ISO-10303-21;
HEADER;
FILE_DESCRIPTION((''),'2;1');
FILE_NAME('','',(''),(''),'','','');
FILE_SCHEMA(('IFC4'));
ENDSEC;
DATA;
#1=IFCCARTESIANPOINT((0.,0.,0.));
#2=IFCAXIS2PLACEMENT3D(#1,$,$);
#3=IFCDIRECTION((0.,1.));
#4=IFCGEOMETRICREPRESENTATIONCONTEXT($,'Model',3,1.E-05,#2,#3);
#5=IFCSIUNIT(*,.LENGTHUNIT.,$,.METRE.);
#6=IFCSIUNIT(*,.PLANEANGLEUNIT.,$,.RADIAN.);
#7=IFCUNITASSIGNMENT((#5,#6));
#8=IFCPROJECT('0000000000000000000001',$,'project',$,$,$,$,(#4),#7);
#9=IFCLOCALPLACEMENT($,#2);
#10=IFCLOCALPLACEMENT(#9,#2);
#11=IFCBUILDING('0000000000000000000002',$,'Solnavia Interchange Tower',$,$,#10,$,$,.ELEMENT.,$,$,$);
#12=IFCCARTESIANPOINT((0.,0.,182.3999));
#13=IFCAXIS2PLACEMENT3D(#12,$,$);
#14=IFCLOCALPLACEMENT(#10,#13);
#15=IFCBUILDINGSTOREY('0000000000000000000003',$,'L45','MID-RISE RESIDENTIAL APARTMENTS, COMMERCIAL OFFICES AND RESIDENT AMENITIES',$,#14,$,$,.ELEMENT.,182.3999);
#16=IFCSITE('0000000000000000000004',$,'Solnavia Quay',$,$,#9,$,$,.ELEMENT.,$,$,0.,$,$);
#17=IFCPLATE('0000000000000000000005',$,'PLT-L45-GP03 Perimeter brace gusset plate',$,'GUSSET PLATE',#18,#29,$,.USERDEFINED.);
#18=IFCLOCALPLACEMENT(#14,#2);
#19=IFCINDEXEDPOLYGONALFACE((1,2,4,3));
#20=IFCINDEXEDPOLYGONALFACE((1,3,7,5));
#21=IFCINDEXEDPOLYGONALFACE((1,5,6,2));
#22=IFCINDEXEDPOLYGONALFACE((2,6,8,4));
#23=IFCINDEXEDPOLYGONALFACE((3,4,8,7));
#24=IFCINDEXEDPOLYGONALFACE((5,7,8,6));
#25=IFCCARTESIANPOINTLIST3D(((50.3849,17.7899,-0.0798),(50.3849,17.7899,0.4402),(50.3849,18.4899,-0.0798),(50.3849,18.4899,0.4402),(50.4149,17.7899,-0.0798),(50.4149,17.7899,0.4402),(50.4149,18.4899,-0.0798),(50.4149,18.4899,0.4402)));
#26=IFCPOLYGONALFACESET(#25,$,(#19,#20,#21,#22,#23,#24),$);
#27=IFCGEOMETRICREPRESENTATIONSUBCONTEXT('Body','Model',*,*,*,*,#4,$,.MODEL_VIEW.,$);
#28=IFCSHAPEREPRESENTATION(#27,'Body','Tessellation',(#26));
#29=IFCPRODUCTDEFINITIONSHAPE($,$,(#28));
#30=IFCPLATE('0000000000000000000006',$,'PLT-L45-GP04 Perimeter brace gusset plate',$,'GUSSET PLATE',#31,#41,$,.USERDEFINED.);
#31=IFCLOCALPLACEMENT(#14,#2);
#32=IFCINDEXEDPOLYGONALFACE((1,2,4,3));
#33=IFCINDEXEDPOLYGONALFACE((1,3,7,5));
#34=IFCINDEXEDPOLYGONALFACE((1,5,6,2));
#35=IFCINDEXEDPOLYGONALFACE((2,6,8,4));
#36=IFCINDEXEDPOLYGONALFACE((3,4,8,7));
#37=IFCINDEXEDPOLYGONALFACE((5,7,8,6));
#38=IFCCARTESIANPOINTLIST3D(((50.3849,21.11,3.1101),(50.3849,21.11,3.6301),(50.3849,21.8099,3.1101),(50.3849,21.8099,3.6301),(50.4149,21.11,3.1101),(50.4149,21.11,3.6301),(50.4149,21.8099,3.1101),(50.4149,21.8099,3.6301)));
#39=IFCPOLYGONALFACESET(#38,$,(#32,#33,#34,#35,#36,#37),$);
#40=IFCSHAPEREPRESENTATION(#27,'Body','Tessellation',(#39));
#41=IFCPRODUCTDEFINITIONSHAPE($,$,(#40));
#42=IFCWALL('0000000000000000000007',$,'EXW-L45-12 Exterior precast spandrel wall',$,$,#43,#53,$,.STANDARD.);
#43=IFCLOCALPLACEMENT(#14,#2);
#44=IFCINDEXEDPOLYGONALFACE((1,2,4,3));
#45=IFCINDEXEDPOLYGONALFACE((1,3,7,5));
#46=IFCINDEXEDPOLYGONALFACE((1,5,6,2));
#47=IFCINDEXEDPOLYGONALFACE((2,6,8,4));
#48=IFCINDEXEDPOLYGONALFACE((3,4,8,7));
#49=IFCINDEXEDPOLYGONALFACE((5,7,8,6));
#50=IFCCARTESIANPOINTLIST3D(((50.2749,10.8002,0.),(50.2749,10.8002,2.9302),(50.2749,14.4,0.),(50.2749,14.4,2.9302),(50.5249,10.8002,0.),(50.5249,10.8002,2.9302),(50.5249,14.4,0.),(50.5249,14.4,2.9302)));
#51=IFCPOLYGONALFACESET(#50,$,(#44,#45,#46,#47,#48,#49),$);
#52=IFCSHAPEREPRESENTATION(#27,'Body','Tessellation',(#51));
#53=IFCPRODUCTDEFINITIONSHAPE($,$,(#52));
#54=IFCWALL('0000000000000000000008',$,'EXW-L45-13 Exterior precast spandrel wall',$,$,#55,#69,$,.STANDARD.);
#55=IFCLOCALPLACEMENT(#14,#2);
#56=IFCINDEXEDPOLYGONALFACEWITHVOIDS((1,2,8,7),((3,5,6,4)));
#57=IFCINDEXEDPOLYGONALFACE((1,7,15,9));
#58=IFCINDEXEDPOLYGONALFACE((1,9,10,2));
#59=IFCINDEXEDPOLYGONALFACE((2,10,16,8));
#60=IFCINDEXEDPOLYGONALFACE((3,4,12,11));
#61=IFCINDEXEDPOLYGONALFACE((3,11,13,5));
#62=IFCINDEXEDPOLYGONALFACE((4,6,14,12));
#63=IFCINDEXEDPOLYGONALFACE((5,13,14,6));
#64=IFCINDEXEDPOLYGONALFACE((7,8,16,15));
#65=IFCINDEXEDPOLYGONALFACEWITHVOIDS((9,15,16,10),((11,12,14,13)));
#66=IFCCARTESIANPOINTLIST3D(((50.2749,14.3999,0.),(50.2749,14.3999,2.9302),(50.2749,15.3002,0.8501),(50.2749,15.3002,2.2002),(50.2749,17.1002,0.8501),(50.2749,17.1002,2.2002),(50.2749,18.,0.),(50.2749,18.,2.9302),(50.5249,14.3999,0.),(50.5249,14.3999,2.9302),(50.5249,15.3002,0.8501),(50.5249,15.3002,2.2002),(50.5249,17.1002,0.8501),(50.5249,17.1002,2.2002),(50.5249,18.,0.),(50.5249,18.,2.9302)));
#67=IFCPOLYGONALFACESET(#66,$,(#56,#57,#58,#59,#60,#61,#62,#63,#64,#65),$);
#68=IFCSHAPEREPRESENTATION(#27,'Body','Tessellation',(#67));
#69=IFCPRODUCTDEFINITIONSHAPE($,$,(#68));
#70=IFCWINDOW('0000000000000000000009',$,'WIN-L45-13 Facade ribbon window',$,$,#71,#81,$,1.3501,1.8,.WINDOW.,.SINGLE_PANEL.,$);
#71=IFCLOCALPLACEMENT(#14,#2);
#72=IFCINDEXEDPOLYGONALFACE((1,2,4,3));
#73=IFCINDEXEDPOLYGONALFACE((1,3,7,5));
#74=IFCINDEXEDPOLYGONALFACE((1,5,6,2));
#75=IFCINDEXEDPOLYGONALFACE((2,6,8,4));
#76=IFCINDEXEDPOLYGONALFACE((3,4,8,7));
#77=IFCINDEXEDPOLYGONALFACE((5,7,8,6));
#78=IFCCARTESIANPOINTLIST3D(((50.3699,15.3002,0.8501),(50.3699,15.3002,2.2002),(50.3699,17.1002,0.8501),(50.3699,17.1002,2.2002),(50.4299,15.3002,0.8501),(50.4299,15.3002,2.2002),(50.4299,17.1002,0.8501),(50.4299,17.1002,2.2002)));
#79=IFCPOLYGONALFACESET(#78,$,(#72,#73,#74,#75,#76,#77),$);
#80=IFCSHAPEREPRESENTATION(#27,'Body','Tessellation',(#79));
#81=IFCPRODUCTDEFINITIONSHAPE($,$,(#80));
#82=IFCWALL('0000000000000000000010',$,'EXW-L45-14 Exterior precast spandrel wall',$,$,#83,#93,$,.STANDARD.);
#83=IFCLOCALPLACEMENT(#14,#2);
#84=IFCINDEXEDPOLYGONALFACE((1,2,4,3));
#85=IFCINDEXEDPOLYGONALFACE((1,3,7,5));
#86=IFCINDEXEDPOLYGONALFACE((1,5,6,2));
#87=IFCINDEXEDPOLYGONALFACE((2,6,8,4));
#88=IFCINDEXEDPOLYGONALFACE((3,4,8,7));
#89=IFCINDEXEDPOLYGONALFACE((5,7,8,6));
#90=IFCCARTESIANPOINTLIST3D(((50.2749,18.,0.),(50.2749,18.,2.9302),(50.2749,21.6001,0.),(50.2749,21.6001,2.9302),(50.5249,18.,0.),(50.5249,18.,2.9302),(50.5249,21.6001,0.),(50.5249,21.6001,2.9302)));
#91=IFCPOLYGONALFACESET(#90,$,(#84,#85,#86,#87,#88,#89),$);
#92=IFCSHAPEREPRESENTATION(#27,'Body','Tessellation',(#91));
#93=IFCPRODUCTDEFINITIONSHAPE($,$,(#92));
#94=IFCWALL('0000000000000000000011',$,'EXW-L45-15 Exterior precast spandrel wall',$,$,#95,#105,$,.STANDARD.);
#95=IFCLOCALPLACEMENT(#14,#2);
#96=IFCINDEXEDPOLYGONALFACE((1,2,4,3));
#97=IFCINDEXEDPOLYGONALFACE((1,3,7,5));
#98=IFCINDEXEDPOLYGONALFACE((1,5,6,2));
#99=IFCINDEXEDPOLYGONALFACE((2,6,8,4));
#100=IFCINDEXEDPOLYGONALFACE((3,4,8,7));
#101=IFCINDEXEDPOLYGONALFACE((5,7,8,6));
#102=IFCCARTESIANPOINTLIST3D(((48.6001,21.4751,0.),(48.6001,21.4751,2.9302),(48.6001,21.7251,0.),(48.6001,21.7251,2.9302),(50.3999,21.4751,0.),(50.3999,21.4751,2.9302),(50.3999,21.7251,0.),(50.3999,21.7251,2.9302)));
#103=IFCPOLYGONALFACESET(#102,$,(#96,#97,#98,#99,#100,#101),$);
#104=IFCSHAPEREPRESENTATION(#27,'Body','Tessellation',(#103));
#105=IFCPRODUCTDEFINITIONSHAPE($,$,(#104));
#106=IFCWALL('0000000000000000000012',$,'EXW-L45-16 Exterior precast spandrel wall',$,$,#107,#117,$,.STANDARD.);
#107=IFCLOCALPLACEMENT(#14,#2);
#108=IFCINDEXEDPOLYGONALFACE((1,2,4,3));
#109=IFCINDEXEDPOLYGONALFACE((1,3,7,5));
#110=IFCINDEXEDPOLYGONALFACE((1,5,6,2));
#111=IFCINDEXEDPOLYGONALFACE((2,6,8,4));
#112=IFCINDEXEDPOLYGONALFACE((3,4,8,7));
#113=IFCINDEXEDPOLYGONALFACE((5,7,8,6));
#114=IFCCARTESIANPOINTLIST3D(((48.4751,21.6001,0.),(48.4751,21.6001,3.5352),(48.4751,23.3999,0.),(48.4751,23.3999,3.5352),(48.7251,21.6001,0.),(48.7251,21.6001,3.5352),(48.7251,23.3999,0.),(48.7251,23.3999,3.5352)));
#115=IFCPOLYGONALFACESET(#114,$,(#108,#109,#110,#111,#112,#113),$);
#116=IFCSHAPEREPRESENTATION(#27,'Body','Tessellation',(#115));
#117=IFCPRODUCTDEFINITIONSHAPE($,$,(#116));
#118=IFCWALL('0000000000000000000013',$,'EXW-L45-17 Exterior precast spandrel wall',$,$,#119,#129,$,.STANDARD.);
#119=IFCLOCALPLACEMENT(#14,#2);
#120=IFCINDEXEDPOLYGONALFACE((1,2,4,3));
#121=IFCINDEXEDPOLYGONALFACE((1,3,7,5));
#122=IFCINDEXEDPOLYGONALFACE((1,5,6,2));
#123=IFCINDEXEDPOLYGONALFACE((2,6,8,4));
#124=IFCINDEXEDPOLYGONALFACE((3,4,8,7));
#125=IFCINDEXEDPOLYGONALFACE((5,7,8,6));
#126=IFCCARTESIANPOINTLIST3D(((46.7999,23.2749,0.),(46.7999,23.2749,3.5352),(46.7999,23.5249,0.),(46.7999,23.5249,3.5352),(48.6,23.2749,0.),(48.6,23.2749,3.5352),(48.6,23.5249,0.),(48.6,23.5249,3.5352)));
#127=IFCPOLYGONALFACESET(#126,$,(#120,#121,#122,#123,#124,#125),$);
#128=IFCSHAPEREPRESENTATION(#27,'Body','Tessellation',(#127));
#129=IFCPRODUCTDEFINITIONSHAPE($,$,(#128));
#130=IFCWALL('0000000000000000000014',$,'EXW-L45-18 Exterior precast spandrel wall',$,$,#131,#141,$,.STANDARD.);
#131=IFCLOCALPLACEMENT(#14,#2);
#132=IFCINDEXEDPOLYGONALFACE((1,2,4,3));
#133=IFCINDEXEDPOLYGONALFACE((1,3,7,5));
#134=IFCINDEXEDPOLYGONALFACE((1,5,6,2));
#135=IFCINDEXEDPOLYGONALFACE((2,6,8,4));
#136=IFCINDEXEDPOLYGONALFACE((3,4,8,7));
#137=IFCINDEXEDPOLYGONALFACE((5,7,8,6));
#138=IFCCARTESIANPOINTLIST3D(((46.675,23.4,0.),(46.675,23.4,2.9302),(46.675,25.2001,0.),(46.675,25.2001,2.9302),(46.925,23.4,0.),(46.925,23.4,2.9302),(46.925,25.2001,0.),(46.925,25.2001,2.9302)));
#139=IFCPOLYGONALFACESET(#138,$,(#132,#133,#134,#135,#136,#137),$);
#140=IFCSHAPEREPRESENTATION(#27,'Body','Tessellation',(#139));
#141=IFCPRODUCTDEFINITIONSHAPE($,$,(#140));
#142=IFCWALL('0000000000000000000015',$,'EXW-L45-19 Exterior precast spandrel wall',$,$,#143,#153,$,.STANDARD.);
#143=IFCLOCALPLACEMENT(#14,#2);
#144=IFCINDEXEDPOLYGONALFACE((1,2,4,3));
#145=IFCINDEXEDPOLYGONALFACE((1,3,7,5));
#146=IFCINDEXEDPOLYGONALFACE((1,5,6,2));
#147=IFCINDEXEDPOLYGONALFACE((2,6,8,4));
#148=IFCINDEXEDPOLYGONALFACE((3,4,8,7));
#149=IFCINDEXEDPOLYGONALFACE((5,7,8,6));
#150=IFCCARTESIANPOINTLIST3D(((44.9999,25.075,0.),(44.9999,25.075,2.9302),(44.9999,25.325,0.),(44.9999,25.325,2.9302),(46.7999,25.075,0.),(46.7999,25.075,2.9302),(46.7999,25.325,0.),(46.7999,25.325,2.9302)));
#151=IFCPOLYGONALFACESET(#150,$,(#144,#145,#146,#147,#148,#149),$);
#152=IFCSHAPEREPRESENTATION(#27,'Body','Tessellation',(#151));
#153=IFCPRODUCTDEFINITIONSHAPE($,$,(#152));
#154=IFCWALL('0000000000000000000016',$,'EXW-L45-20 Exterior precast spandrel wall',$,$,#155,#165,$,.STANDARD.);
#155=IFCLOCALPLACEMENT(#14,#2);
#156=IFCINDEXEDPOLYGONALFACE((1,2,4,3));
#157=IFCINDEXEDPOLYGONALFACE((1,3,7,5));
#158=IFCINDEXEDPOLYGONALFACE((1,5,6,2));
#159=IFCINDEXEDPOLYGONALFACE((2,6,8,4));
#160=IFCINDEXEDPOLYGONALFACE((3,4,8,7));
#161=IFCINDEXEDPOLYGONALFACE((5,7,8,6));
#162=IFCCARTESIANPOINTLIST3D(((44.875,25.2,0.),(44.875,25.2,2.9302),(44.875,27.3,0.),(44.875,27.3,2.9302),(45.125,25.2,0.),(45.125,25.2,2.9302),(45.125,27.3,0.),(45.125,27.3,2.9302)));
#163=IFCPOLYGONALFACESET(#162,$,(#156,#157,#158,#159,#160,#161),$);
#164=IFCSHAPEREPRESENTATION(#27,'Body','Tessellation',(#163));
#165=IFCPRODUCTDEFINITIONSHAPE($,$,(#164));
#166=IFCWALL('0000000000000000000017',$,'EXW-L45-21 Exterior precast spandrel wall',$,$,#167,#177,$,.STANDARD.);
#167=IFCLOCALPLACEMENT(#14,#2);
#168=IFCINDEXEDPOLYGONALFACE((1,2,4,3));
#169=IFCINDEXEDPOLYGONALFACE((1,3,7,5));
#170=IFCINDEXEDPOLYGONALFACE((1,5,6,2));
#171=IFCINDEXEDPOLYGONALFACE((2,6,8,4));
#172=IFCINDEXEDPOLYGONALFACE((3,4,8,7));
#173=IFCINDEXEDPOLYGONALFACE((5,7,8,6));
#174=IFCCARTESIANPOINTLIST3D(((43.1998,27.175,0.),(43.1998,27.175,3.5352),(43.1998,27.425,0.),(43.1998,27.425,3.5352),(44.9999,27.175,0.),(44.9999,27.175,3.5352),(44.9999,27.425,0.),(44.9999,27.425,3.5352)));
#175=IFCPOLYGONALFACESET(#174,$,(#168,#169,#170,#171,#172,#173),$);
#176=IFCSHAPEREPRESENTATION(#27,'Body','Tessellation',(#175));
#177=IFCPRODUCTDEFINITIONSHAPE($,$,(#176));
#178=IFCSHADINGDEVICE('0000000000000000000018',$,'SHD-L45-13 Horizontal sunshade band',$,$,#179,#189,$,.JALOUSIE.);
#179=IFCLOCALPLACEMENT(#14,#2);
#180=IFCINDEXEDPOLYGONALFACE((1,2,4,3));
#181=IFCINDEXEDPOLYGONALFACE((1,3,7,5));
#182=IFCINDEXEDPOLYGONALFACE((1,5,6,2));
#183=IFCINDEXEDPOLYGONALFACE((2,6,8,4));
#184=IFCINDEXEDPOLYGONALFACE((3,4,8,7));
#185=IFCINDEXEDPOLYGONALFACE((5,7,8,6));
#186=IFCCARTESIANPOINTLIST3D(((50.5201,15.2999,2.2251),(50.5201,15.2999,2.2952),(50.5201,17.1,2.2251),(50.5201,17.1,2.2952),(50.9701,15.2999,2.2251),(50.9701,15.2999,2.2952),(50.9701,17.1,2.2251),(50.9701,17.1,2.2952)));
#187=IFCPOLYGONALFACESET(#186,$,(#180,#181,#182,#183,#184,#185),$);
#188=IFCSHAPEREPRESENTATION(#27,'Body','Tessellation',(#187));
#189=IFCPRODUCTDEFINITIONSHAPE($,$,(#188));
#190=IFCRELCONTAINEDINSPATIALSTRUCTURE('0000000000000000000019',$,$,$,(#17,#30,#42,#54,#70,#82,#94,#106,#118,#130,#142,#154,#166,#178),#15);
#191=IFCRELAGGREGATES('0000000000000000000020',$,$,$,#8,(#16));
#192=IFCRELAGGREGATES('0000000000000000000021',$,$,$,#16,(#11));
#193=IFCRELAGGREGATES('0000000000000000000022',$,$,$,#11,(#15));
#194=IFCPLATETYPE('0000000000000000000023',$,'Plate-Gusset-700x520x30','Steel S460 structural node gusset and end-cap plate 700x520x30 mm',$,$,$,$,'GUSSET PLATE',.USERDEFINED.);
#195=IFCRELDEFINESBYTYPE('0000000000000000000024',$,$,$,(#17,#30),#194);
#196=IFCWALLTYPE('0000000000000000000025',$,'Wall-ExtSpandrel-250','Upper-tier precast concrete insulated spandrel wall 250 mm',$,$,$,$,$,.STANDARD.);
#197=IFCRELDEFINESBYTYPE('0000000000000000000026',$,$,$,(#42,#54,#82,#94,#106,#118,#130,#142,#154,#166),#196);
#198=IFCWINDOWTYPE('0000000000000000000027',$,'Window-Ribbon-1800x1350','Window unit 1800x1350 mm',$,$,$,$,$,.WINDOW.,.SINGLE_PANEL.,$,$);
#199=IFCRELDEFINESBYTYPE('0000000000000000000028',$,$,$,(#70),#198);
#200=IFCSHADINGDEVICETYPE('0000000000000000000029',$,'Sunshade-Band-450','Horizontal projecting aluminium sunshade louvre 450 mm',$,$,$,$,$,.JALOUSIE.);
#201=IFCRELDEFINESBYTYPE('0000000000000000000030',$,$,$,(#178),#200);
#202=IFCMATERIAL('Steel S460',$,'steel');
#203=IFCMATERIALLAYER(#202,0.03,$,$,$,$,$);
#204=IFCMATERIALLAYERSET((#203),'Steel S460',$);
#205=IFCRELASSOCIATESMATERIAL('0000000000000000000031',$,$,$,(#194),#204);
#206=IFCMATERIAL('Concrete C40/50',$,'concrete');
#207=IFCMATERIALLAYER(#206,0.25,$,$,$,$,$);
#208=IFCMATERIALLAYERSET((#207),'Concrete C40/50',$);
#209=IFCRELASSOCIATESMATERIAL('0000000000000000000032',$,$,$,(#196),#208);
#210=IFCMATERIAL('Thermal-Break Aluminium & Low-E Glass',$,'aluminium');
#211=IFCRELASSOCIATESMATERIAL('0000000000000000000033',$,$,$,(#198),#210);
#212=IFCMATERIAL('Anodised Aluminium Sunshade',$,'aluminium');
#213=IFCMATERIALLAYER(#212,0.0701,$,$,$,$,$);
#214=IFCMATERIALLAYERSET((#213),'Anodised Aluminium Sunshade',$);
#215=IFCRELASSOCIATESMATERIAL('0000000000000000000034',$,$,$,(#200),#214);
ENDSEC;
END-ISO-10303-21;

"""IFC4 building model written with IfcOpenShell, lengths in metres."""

from ifc_helpers import new_model, si_unit, direction, frame, frame_2d, origin, origin_2d, place, context, subcontext, project, spatial, rectangle, extrude, material, layer, layer_set, type_object, element, fill, save


model = new_model("IFC4")

# Units and contexts
model_context = context("Model", 3, precision=1e-05, world=origin(), true_north=direction((0.0, 1.0)))
body_context = subcontext(model_context, "Body", "Model", "MODEL_VIEW")
ifc_project = project(units=[si_unit("LENGTHUNIT", "METRE"), si_unit("PLANEANGLEUNIT", "RADIAN")], contexts=[model_context])

# Site, building, storey
site_placement = place(None, origin())
site = spatial("IfcSite", under=ifc_project, at=site_placement, Name="Solnavia Quay", CompositionType="ELEMENT", RefElevation=0.0)
building_placement = place(site_placement, origin())
building = spatial("IfcBuilding", under=site, at=building_placement, Name="Solnavia Interchange Tower", CompositionType="ELEMENT")
storey_placement = place(building_placement, frame((0.0, 0.0, 182.3999)))
storey = spatial("IfcBuildingStorey", under=building, at=storey_placement, Name="L45", Description="MID-RISE RESIDENTIAL APARTMENTS, COMMERCIAL OFFICES AND RESIDENT AMENITIES", CompositionType="ELEMENT", Elevation=182.3999)

# Shared definitions
ifc_material_1 = material(Name="Steel S460", Category="steel")

# Plates
ifc_layer_1 = layer(ifc_material_1, 0.03)
ifc_layer_set_1 = layer_set([ifc_layer_1], Name="Steel S460")
plate_type = type_object("IfcPlateType", Name="Plate-Gusset-700x520x30", Description="Steel S460 structural node gusset and end-cap plate 700x520x30 mm", ElementType="GUSSET PLATE", PredefinedType="USERDEFINED", material=ifc_layer_set_1)
for number, where, z_axis, x_axis, name in (
    (1, (50.3999, 18.1399, -0.0798), (0.0, 0.0, 1.0), (0.0, 1.0, 0.0), "PLT-L45-GP03 Perimeter brace gusset plate"),
    (2, (50.3999, 21.46, 3.1101), (0.0, 0.0, 1.0), (0.0, 1.0, 0.0), "PLT-L45-GP04 Perimeter brace gusset plate"),
):
    element("IfcPlate", number, at=place(storey_placement, frame(where, z_axis=z_axis, x_axis=x_axis)), inside=storey, type_object=plate_type, Name=name, ObjectType="GUSSET PLATE", PredefinedType="USERDEFINED", context=body_context, shape_type="SweptSolid", body=[
        extrude(rectangle(XDim=0.7, YDim=0.03, at=origin_2d()), origin(), (0.0, 0.0, 1.0), 0.52),
    ])

# Wall
ifc_material_2 = material(Name="Concrete C40/50", Category="concrete")
ifc_layer_2 = layer(ifc_material_2, 0.25)
ifc_layer_set_2 = layer_set([ifc_layer_2], Name="Concrete C40/50")
wall_type = type_object("IfcWallType", Name="Wall-ExtSpandrel-250", Description="Upper-tier precast concrete insulated spandrel wall 250 mm", PredefinedType="STANDARD", material=ifc_layer_set_2)
wall_1_placement = place(storey_placement, frame((50.3999, 14.3999, 0.0), z_axis=(0.0, 0.0, 1.0), x_axis=(0.0, -1.0, 0.0)))
element("IfcWall", 3, at=wall_1_placement, inside=storey, type_object=wall_type, Name="EXW-L45-12 Exterior precast spandrel wall", PredefinedType="STANDARD", context=body_context, shape_type="SweptSolid", body=[
    extrude(rectangle(XDim=3.5999, YDim=0.25, at=frame_2d((1.7998, 0.0))), origin(), (0.0, 0.0, 1.0), 2.9302),
])

# Wall, opening, window
wall_2_placement = place(storey_placement, frame((50.3999, 18.0, 0.0), z_axis=(0.0, 0.0, 1.0), x_axis=(0.0, -1.0, 0.0)))
wall_2 = element("IfcWall", 4, at=wall_2_placement, inside=storey, type_object=wall_type, Name="EXW-L45-13 Exterior precast spandrel wall", PredefinedType="STANDARD", context=body_context, shape_type="SweptSolid", body=[
    extrude(rectangle(XDim=3.6001, YDim=0.25, at=frame_2d((1.8, 0.0))), origin(), (0.0, 0.0, 1.0), 2.9302),
])
opening_placement = place(wall_2_placement, frame((0.8999, 0.0, 0.8501)))
opening = element("IfcOpeningElement", 5, at=opening_placement, cuts=wall_2, PredefinedType="OPENING", context=body_context, shape_type="SweptSolid", body=[
    extrude(rectangle(XDim=1.8, YDim=1.3501, at=frame_2d((0.8999, 0.675))), frame((0.0, 0.135, 0.0), z_axis=(0.0, -1.0, 0.0), x_axis=(1.0, 0.0, 0.0)), (0.0, 0.0, 1.0), 0.27),
])
ifc_material_3 = material(Name="Thermal-Break Aluminium & Low-E Glass", Category="aluminium")
window_type = type_object("IfcWindowType", Name="Window-Ribbon-1800x1350", Description="Window unit 1800x1350 mm", PartitioningType="SINGLE_PANEL", PredefinedType="WINDOW", material=ifc_material_3)
window_placement = place(opening_placement, origin())
window = element("IfcWindow", 6, at=window_placement, inside=storey, type_object=window_type, Name="WIN-L45-13 Facade ribbon window", OverallHeight=1.3501, OverallWidth=1.8, PartitioningType="SINGLE_PANEL", PredefinedType="WINDOW", context=body_context, shape_type="SweptSolid", body=[
    extrude(rectangle(XDim=1.8, YDim=1.3501, at=frame_2d((0.8999, 0.675))), frame((0.0, 0.03, 0.0), z_axis=(0.0, -1.0, 0.0), x_axis=(1.0, 0.0, 0.0)), (0.0, 0.0, 1.0), 0.0601),
])
fill(opening, window)

# Walls
wall_3_placement = place(storey_placement, frame((50.3999, 21.6001, 0.0), z_axis=(0.0, 0.0, 1.0), x_axis=(0.0, -1.0, 0.0)))
element("IfcWall", 7, at=wall_3_placement, inside=storey, type_object=wall_type, Name="EXW-L45-14 Exterior precast spandrel wall", PredefinedType="STANDARD", context=body_context, shape_type="SweptSolid", body=[
    extrude(rectangle(XDim=3.6001, YDim=0.25, at=frame_2d((1.8, 0.0))), origin(), (0.0, 0.0, 1.0), 2.9302),
])
wall_4_placement = place(storey_placement, frame((48.6001, 21.6001, 0.0), z_axis=(0.0, 0.0, 1.0), x_axis=(1.0, 0.0, 0.0)))
element("IfcWall", 8, at=wall_4_placement, inside=storey, type_object=wall_type, Name="EXW-L45-15 Exterior precast spandrel wall", PredefinedType="STANDARD", context=body_context, shape_type="SweptSolid", body=[
    extrude(rectangle(XDim=1.7998, YDim=0.25, at=frame_2d((0.8999, 0.0))), origin(), (0.0, 0.0, 1.0), 2.9302),
])
wall_5_placement = place(storey_placement, frame((48.6001, 23.3999, 0.0), z_axis=(0.0, 0.0, 1.0), x_axis=(0.0, -1.0, 0.0)))
element("IfcWall", 9, at=wall_5_placement, inside=storey, type_object=wall_type, Name="EXW-L45-16 Exterior precast spandrel wall", PredefinedType="STANDARD", context=body_context, shape_type="SweptSolid", body=[
    extrude(rectangle(XDim=1.7998, YDim=0.25, at=frame_2d((0.8999, 0.0))), origin(), (0.0, 0.0, 1.0), 3.5352),
])
wall_6_placement = place(storey_placement, frame((46.8, 23.3999, 0.0), z_axis=(0.0, 0.0, 1.0), x_axis=(1.0, 0.0, 0.0)))
element("IfcWall", 10, at=wall_6_placement, inside=storey, type_object=wall_type, Name="EXW-L45-17 Exterior precast spandrel wall", PredefinedType="STANDARD", context=body_context, shape_type="SweptSolid", body=[
    extrude(rectangle(XDim=1.8, YDim=0.25, at=frame_2d((0.8999, 0.0))), origin(), (0.0, 0.0, 1.0), 3.5352),
])
for number, where, z_axis, x_axis, name in (
    (11, (46.8, 25.2, 0.0), (0.0, 0.0, 1.0), (0.0, -1.0, 0.0), "EXW-L45-18 Exterior precast spandrel wall"),
    (12, (45.0, 25.2, 0.0), (0.0, 0.0, 1.0), (1.0, 0.0, 0.0), "EXW-L45-19 Exterior precast spandrel wall"),
):
    element("IfcWall", number, at=place(storey_placement, frame(where, z_axis=z_axis, x_axis=x_axis)), inside=storey, type_object=wall_type, Name=name, PredefinedType="STANDARD", context=body_context, shape_type="SweptSolid", body=[
        extrude(rectangle(XDim=1.8, YDim=0.25, at=frame_2d((0.8999, 0.0))), origin(), (0.0, 0.0, 1.0), 2.9302),
    ])
wall_7_placement = place(storey_placement, frame((45.0, 27.3, 0.0), z_axis=(0.0, 0.0, 1.0), x_axis=(0.0, -1.0, 0.0)))
element("IfcWall", 13, at=wall_7_placement, inside=storey, type_object=wall_type, Name="EXW-L45-20 Exterior precast spandrel wall", PredefinedType="STANDARD", context=body_context, shape_type="SweptSolid", body=[
    extrude(rectangle(XDim=2.1001, YDim=0.25, at=frame_2d((1.05, 0.0))), origin(), (0.0, 0.0, 1.0), 2.9302),
])
wall_8_placement = place(storey_placement, frame((43.2, 27.3, 0.0), z_axis=(0.0, 0.0, 1.0), x_axis=(1.0, 0.0, 0.0)))
element("IfcWall", 14, at=wall_8_placement, inside=storey, type_object=wall_type, Name="EXW-L45-21 Exterior precast spandrel wall", PredefinedType="STANDARD", context=body_context, shape_type="SweptSolid", body=[
    extrude(rectangle(XDim=1.8, YDim=0.25, at=frame_2d((0.8999, 0.0))), origin(), (0.0, 0.0, 1.0), 3.5352),
])

# Shading device
ifc_material_4 = material(Name="Anodised Aluminium Sunshade", Category="aluminium")
ifc_layer_3 = layer(ifc_material_4, 0.0701)
ifc_layer_set_3 = layer_set([ifc_layer_3], Name="Anodised Aluminium Sunshade")
shading_device_type = type_object("IfcShadingDeviceType", Name="Sunshade-Band-450", Description="Horizontal projecting aluminium sunshade louvre 450 mm", PredefinedType="JALOUSIE", material=ifc_layer_set_3)
shading_device_placement = place(storey_placement, frame((50.7451, 16.2, 2.2251), z_axis=(0.0, 0.0, 1.0), x_axis=(0.0, -1.0, 0.0)))
element("IfcShadingDevice", 15, at=shading_device_placement, inside=storey, type_object=shading_device_type, Name="SHD-L45-13 Horizontal sunshade band", PredefinedType="JALOUSIE", context=body_context, shape_type="SweptSolid", body=[
    extrude(rectangle(XDim=1.8, YDim=0.45, at=origin_2d()), origin(), (0.0, 0.0, 1.0), 0.0701),
])

save(model, "model.ifc")
